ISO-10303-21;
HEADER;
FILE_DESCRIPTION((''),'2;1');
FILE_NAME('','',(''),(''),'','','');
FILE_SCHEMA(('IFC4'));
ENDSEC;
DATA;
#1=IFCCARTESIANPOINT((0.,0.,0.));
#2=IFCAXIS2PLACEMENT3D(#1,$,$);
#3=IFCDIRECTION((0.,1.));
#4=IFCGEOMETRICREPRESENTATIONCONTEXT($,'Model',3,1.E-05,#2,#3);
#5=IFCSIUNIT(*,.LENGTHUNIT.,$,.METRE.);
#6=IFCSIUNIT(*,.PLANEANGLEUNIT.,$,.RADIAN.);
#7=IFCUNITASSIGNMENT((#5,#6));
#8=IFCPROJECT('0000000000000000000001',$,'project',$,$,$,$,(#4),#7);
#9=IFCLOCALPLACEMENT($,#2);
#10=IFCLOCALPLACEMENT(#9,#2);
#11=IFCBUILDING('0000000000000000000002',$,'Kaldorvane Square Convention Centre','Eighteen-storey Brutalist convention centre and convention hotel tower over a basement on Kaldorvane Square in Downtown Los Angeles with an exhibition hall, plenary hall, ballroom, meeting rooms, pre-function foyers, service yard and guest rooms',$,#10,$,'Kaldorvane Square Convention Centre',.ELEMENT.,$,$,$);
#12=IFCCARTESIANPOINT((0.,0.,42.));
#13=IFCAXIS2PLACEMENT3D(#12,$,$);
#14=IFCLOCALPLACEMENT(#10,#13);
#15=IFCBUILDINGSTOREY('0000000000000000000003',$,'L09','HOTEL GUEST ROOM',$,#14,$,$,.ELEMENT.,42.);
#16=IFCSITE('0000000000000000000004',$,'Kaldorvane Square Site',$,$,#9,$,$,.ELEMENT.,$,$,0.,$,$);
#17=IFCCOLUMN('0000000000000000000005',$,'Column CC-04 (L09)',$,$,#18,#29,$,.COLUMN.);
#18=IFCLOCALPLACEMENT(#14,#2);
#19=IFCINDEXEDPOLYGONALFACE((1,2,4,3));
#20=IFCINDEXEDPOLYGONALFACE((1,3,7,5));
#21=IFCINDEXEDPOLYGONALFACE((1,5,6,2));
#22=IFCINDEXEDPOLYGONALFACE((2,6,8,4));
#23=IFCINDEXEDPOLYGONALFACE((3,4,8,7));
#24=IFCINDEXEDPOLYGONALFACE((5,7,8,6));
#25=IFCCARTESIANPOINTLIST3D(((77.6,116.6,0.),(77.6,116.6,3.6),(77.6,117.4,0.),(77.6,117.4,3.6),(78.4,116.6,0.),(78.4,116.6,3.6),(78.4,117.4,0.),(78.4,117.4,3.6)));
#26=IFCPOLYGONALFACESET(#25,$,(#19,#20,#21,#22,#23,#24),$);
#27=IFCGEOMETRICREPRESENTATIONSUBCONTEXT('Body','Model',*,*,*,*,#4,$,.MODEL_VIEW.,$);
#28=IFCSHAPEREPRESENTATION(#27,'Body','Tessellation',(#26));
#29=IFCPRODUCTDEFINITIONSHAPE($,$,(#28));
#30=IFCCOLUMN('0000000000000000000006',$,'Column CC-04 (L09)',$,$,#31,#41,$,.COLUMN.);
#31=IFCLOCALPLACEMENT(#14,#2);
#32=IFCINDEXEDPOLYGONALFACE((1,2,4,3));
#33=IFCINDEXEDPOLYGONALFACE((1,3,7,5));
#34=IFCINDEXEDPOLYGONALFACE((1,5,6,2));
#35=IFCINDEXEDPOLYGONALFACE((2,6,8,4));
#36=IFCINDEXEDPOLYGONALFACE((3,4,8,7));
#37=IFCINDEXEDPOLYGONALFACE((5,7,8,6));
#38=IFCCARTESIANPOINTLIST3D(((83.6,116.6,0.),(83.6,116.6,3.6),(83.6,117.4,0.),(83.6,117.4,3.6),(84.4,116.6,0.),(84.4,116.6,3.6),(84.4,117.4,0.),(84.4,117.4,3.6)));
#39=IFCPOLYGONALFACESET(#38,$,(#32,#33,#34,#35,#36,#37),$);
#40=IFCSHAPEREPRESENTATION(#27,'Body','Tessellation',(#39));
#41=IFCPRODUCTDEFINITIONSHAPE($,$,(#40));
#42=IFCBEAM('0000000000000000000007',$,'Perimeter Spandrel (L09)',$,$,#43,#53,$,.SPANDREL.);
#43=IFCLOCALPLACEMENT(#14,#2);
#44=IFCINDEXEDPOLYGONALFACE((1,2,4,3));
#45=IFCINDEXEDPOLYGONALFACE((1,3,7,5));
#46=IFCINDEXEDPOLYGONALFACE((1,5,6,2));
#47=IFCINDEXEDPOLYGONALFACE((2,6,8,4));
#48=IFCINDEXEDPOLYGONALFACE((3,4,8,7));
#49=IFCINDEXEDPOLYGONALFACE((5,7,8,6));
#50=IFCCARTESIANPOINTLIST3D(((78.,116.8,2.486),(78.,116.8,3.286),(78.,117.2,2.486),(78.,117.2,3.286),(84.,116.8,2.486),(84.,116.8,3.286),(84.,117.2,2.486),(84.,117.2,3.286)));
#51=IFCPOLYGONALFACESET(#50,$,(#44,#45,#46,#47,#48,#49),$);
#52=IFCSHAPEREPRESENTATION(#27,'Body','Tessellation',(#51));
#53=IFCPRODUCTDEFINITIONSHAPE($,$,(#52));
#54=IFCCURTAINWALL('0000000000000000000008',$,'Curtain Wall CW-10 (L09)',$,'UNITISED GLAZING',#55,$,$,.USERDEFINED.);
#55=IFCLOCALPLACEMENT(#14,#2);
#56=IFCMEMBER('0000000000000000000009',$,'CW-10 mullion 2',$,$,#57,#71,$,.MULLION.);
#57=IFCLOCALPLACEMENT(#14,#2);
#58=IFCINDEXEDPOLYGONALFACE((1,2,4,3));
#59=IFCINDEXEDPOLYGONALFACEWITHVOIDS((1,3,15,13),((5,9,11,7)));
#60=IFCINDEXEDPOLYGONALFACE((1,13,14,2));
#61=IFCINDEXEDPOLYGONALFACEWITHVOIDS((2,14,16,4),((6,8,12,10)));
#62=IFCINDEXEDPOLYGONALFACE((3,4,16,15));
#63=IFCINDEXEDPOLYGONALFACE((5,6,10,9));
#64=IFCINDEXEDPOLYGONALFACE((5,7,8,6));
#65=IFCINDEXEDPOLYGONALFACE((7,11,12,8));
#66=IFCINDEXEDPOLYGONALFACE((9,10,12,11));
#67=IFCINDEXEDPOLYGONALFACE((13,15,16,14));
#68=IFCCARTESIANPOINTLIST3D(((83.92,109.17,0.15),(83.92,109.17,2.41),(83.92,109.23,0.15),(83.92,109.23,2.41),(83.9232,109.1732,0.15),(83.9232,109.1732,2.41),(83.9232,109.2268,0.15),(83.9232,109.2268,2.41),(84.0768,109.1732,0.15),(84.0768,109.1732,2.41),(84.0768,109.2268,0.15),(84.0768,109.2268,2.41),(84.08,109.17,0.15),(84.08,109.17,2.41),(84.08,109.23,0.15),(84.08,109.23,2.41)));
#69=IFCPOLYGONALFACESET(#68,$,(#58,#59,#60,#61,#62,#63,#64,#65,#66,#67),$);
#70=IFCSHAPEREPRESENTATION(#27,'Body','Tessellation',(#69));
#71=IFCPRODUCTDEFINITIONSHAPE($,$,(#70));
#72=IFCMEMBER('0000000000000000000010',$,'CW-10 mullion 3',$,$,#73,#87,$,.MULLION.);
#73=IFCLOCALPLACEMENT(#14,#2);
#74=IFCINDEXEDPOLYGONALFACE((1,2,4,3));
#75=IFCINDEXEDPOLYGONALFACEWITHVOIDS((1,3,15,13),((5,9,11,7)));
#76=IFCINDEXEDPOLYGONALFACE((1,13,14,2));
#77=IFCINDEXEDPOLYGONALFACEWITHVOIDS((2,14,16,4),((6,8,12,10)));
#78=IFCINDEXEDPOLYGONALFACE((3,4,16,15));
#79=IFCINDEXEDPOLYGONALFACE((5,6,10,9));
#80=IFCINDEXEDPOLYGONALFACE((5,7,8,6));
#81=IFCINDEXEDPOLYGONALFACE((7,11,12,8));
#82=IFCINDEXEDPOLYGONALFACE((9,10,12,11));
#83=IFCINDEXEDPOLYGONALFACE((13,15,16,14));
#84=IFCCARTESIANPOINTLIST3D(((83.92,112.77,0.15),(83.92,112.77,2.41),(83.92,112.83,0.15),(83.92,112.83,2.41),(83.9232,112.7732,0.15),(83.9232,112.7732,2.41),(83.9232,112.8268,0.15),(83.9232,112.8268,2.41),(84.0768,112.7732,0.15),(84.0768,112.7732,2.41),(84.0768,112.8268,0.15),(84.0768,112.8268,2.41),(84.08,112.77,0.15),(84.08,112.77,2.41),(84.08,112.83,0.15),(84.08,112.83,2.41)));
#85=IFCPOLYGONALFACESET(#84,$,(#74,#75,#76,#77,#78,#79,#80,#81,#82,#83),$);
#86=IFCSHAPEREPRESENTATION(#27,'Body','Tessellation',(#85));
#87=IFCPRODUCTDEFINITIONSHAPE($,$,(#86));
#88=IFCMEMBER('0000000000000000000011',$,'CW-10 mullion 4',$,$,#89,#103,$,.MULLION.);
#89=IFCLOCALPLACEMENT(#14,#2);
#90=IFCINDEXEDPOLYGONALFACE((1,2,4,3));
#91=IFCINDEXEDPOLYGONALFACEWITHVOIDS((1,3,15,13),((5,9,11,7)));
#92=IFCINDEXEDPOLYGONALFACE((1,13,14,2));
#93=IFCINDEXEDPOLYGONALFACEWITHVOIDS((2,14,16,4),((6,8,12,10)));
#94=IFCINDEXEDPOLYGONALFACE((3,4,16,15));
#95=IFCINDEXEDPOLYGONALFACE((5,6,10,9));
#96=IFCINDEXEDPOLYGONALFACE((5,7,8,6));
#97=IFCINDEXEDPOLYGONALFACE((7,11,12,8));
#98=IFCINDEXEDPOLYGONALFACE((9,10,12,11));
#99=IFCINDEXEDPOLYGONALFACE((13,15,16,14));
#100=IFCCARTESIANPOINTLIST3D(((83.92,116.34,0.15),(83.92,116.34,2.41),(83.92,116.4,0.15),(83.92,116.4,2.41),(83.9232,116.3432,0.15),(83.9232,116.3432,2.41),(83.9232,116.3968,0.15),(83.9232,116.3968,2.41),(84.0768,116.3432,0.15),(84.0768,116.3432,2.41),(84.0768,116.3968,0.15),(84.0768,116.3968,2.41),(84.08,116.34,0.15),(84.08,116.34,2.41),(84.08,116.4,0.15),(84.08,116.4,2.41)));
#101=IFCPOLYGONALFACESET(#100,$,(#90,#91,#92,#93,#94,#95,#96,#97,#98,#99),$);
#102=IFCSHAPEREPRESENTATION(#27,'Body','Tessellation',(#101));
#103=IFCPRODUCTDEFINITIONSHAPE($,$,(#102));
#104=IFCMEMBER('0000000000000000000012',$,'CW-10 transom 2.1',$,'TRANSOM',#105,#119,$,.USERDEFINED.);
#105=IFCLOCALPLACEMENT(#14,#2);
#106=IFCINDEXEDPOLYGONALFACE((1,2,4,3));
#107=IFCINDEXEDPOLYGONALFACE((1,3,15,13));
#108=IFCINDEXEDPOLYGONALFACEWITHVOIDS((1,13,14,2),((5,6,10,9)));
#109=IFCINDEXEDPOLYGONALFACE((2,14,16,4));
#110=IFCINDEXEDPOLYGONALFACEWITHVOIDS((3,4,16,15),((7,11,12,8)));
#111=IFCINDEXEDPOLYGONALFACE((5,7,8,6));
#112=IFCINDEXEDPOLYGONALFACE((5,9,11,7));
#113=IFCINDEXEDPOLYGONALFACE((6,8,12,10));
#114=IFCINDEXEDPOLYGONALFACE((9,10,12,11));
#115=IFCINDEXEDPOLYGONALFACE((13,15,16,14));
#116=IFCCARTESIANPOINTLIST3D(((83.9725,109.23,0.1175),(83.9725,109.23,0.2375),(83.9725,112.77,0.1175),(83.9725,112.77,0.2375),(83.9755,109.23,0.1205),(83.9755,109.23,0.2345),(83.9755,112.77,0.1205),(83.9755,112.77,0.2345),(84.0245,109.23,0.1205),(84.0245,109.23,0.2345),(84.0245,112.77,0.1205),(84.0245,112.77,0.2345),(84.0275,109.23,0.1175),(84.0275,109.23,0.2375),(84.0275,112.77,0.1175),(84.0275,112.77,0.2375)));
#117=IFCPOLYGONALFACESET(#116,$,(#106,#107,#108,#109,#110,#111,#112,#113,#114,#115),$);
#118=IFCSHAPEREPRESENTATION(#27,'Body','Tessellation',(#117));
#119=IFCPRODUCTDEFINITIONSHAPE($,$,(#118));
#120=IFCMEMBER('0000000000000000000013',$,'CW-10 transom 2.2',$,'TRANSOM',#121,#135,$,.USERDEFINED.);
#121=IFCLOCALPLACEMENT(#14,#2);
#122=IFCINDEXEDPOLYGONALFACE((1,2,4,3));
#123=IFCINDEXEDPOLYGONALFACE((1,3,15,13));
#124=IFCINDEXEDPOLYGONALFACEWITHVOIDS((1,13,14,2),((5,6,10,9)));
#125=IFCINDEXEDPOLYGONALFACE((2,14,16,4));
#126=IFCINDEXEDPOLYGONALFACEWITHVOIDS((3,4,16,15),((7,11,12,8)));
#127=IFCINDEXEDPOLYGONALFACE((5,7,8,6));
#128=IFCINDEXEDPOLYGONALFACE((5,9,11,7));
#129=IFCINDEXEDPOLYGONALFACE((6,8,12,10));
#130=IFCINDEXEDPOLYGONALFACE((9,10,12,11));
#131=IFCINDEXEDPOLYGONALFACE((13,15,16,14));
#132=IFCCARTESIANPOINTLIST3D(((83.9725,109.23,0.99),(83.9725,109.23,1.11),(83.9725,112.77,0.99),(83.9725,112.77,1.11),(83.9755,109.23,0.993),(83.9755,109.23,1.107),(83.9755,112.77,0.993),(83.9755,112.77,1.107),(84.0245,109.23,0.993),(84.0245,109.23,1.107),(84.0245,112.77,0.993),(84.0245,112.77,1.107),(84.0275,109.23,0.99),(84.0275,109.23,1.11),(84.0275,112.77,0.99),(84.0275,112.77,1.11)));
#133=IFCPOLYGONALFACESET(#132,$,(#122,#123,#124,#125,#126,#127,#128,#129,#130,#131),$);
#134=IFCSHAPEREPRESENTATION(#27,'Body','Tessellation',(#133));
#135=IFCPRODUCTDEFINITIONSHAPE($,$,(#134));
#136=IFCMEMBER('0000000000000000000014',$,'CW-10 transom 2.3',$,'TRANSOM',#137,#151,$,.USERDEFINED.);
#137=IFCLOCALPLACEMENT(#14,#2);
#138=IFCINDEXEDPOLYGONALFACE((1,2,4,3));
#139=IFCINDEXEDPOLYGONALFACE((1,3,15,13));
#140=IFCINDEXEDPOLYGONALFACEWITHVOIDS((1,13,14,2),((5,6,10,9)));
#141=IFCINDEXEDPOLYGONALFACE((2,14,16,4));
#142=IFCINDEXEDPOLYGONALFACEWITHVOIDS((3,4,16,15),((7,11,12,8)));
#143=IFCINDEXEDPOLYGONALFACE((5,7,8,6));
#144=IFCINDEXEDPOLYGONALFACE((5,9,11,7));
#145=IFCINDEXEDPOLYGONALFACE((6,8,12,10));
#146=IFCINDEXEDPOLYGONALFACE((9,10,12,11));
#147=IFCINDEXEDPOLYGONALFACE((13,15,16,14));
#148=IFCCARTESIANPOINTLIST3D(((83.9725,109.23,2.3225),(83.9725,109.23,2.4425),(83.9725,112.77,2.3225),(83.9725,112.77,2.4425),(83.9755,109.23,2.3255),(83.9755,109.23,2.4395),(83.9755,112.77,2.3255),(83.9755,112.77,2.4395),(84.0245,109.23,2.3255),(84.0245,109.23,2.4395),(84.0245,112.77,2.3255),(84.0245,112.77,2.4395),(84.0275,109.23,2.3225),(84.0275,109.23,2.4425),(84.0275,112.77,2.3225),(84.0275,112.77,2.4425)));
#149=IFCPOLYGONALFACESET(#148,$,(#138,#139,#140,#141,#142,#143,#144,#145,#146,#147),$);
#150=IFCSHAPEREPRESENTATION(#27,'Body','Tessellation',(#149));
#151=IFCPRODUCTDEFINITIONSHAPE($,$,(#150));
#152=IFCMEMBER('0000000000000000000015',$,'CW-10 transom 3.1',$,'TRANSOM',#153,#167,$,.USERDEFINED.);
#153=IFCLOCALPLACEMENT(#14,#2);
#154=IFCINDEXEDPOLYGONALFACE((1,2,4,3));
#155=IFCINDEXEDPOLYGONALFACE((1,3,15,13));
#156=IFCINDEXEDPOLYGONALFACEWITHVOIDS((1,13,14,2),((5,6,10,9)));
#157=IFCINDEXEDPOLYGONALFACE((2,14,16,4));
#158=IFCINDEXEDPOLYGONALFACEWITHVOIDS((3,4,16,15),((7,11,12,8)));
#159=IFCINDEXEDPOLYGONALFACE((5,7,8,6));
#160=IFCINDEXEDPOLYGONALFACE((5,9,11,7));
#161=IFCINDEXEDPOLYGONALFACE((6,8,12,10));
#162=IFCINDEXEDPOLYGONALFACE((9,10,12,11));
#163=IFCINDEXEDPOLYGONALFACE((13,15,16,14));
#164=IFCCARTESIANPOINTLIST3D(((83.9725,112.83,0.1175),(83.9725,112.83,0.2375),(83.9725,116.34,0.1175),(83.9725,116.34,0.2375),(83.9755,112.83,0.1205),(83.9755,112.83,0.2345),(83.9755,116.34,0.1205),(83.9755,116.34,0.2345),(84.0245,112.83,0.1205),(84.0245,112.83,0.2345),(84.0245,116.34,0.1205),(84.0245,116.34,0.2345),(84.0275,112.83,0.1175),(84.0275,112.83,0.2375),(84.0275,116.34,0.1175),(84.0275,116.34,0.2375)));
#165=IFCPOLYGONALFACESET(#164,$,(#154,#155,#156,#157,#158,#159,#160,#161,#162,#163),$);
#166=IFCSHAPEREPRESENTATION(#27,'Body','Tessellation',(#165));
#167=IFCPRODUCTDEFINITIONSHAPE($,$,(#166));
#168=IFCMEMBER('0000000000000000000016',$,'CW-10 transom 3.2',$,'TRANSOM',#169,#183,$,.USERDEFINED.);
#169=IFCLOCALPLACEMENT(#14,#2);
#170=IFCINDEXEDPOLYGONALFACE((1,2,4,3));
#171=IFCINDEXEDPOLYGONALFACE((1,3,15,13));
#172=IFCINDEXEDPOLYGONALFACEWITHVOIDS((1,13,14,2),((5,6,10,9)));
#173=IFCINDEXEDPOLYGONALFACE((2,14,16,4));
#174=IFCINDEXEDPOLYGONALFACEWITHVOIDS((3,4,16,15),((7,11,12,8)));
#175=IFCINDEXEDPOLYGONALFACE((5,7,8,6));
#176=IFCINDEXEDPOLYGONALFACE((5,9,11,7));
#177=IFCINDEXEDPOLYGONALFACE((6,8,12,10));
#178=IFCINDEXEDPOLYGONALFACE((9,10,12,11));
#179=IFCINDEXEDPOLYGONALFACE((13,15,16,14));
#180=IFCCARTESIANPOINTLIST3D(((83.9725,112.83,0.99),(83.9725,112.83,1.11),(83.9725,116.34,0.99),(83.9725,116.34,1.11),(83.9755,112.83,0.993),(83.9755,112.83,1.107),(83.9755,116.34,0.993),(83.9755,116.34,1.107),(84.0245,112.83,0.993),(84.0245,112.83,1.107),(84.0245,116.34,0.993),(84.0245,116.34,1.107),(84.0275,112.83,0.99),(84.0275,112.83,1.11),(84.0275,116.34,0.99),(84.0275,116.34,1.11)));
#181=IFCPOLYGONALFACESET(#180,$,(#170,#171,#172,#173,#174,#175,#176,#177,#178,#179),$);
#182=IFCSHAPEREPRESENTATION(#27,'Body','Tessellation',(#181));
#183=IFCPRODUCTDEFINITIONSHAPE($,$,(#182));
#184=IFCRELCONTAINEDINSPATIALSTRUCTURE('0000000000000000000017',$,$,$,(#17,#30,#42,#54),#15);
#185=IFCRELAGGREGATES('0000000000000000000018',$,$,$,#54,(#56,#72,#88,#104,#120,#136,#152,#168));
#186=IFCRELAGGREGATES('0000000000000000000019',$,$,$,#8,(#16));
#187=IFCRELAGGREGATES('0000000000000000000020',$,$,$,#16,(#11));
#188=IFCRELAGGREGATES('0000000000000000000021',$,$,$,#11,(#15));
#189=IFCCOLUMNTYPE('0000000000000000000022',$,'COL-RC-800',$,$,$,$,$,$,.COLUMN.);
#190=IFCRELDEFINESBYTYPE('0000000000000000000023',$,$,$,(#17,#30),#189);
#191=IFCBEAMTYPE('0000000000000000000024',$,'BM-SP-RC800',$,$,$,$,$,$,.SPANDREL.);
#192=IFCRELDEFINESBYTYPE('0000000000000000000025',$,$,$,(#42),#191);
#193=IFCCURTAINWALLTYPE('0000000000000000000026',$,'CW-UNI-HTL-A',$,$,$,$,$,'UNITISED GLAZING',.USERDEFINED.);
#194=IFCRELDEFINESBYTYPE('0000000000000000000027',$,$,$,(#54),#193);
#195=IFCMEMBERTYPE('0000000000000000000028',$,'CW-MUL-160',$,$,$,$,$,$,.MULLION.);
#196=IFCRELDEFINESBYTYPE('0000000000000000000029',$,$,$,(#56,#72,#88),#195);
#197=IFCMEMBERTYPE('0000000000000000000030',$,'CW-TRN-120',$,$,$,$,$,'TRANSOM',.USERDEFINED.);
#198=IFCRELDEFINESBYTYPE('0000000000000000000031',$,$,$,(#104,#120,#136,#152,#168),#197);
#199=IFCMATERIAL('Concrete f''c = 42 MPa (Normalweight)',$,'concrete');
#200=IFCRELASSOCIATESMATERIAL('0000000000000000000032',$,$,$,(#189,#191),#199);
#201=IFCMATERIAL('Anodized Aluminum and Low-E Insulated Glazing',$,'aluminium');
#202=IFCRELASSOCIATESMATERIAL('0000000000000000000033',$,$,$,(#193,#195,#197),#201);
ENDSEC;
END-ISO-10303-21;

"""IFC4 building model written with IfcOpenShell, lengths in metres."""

from ifc_helpers import new_model, si_unit, direction, frame, origin, origin_2d, place, context, subcontext, project, spatial, rectangle, hollow_rectangle, extrude, material, material_profile, profile_set, type_object, element, aggregate, save


model = new_model("IFC4")

# Units and contexts
model_context = context("Model", 3, precision=1e-05, world=origin(), true_north=direction((0.0, 1.0)))
body_context = subcontext(model_context, "Body", "Model", "MODEL_VIEW")
ifc_project = project(units=[si_unit("LENGTHUNIT", "METRE"), si_unit("PLANEANGLEUNIT", "RADIAN")], contexts=[model_context])

# Site, building, storey
site_placement = place(None, origin())
site = spatial("IfcSite", under=ifc_project, at=site_placement, Name="Kaldorvane Square Site", CompositionType="ELEMENT", RefElevation=0.0)
building_placement = place(site_placement, origin())
building = spatial("IfcBuilding", under=site, at=building_placement, Name="Kaldorvane Square Convention Centre", Description="Eighteen-storey Brutalist convention centre and convention hotel tower over a basement on Kaldorvane Square in Downtown Los Angeles with an exhibition hall, plenary hall, ballroom, meeting rooms, pre-function foyers, service yard and guest rooms", LongName="Kaldorvane Square Convention Centre", CompositionType="ELEMENT")
storey_placement = place(building_placement, frame((0.0, 0.0, 42.0)))
storey = spatial("IfcBuildingStorey", under=building, at=storey_placement, Name="L09", Description="HOTEL GUEST ROOM", CompositionType="ELEMENT", Elevation=42.0)

# Columns
ifc_material_1 = material(Name="Concrete f'c = 42 MPa (Normalweight)", Category="concrete")
ifc_material_profile_1 = material_profile(ifc_material_1, rectangle(XDim=0.8, YDim=0.8, at=origin_2d()), Name="RC800X800")
ifc_profile_set_1 = profile_set([ifc_material_profile_1], Name="Concrete f'c = 42 MPa (Normalweight)")
column_type = type_object("IfcColumnType", Name="COL-RC-800", PredefinedType="COLUMN", material=ifc_profile_set_1)
for number, where, z_axis, x_axis, name in (
    (1, (78.0, 117.0, 0.0), (0.0, 0.0, 1.0), (1.0, 0.0, 0.0), "Column CC-04 (L09)"),
    (2, (84.0, 117.0, 0.0), (0.0, 0.0, 1.0), (1.0, 0.0, 0.0), "Column CC-04 (L09)"),
):
    element("IfcColumn", number, at=place(storey_placement, frame(where, z_axis=z_axis, x_axis=x_axis)), inside=storey, type_object=column_type, Name=name, PredefinedType="COLUMN", context=body_context, shape_type="SweptSolid", body=[
        extrude(rectangle(XDim=0.8, YDim=0.8, at=origin_2d()), origin(), (0.0, 0.0, 1.0), 3.6),
    ])

# Beam
ifc_material_profile_2 = material_profile(ifc_material_1, rectangle(XDim=0.4, YDim=0.8, at=origin_2d()), Name="RCSP800X400")
ifc_profile_set_2 = profile_set([ifc_material_profile_2], Name="Concrete f'c = 42 MPa (Normalweight)")
beam_type = type_object("IfcBeamType", Name="BM-SP-RC800", PredefinedType="SPANDREL", material=ifc_profile_set_2)
beam_placement = place(storey_placement, frame((78.0, 117.0, 2.886), z_axis=(1.0, 0.0, 0.0), x_axis=(0.0, 1.0, 0.0)))
element("IfcBeam", 3, at=beam_placement, inside=storey, type_object=beam_type, Name="Perimeter Spandrel (L09)", PredefinedType="SPANDREL", context=body_context, shape_type="SweptSolid", body=[
    extrude(rectangle(XDim=0.4, YDim=0.8, at=origin_2d()), origin(), (0.0, 0.0, 1.0), 6.0),
])

# Curtain wall, members
ifc_material_2 = material(Name="Anodized Aluminum and Low-E Insulated Glazing", Category="aluminium")
curtain_wall_type = type_object("IfcCurtainWallType", Name="CW-UNI-HTL-A", ElementType="UNITISED GLAZING", PredefinedType="USERDEFINED", material=ifc_material_2)
curtain_wall_placement = place(storey_placement, origin())
curtain_wall = element("IfcCurtainWall", 4, at=curtain_wall_placement, inside=storey, type_object=curtain_wall_type, Name="Curtain Wall CW-10 (L09)", ObjectType="UNITISED GLAZING", PredefinedType="USERDEFINED")
ifc_material_profile_3 = material_profile(ifc_material_2, hollow_rectangle(XDim=0.06, YDim=0.16, WallThickness=0.0032, at=origin_2d()), Name="CWM-160X60")
ifc_profile_set_3 = profile_set([ifc_material_profile_3], Name="Anodized Aluminum and Low-E Insulated Glazing")
member_type_1 = type_object("IfcMemberType", Name="CW-MUL-160", PredefinedType="MULLION", material=ifc_profile_set_3)
member_1_placement = place(storey_placement, frame((84.0, 109.2, 0.15), z_axis=(0.0, 0.0, 1.0), x_axis=(0.0, 1.0, 0.0)))
member_1 = element("IfcMember", 5, at=member_1_placement, type_object=member_type_1, Name="CW-10 mullion 2", PredefinedType="MULLION", context=body_context, shape_type="SweptSolid", body=[
    extrude(hollow_rectangle(XDim=0.06, YDim=0.16, WallThickness=0.0032, at=origin_2d()), origin(), (0.0, 0.0, 1.0), 2.26),
])
member_2_placement = place(storey_placement, frame((84.0, 112.8, 0.15), z_axis=(0.0, 0.0, 1.0), x_axis=(0.0, 1.0, 0.0)))
member_2 = element("IfcMember", 6, at=member_2_placement, type_object=member_type_1, Name="CW-10 mullion 3", PredefinedType="MULLION", context=body_context, shape_type="SweptSolid", body=[
    extrude(hollow_rectangle(XDim=0.06, YDim=0.16, WallThickness=0.0032, at=origin_2d()), origin(), (0.0, 0.0, 1.0), 2.26),
])
member_3_placement = place(storey_placement, frame((84.0, 116.37, 0.15), z_axis=(0.0, 0.0, 1.0), x_axis=(0.0, 1.0, 0.0)))
member_3 = element("IfcMember", 7, at=member_3_placement, type_object=member_type_1, Name="CW-10 mullion 4", PredefinedType="MULLION", context=body_context, shape_type="SweptSolid", body=[
    extrude(hollow_rectangle(XDim=0.06, YDim=0.16, WallThickness=0.0032, at=origin_2d()), origin(), (0.0, 0.0, 1.0), 2.26),
])
ifc_material_profile_4 = material_profile(ifc_material_2, hollow_rectangle(XDim=0.055, YDim=0.12, WallThickness=0.003, at=origin_2d()), Name="CWT-120X55")
ifc_profile_set_4 = profile_set([ifc_material_profile_4], Name="Anodized Aluminum and Low-E Insulated Glazing")
member_type_2 = type_object("IfcMemberType", Name="CW-TRN-120", ElementType="TRANSOM", PredefinedType="USERDEFINED", material=ifc_profile_set_4)
member_4_placement = place(storey_placement, frame((84.0, 109.23, 0.1775), z_axis=(0.0, 1.0, 0.0), x_axis=(-1.0, 0.0, 0.0)))
member_4 = element("IfcMember", 8, at=member_4_placement, type_object=member_type_2, Name="CW-10 transom 2.1", ObjectType="TRANSOM", PredefinedType="USERDEFINED", context=body_context, shape_type="SweptSolid", body=[
    extrude(hollow_rectangle(XDim=0.055, YDim=0.12, WallThickness=0.003, at=origin_2d()), origin(), (0.0, 0.0, 1.0), 3.54),
])
member_5_placement = place(storey_placement, frame((84.0, 109.23, 1.05), z_axis=(0.0, 1.0, 0.0), x_axis=(-1.0, 0.0, 0.0)))
member_5 = element("IfcMember", 9, at=member_5_placement, type_object=member_type_2, Name="CW-10 transom 2.2", ObjectType="TRANSOM", PredefinedType="USERDEFINED", context=body_context, shape_type="SweptSolid", body=[
    extrude(hollow_rectangle(XDim=0.055, YDim=0.12, WallThickness=0.003, at=origin_2d()), origin(), (0.0, 0.0, 1.0), 3.54),
])
member_6_placement = place(storey_placement, frame((84.0, 109.23, 2.3825), z_axis=(0.0, 1.0, 0.0), x_axis=(-1.0, 0.0, 0.0)))
member_6 = element("IfcMember", 10, at=member_6_placement, type_object=member_type_2, Name="CW-10 transom 2.3", ObjectType="TRANSOM", PredefinedType="USERDEFINED", context=body_context, shape_type="SweptSolid", body=[
    extrude(hollow_rectangle(XDim=0.055, YDim=0.12, WallThickness=0.003, at=origin_2d()), origin(), (0.0, 0.0, 1.0), 3.54),
])
member_7_placement = place(storey_placement, frame((84.0, 112.83, 0.1775), z_axis=(0.0, 1.0, 0.0), x_axis=(-1.0, 0.0, 0.0)))
member_7 = element("IfcMember", 11, at=member_7_placement, type_object=member_type_2, Name="CW-10 transom 3.1", ObjectType="TRANSOM", PredefinedType="USERDEFINED", context=body_context, shape_type="SweptSolid", body=[
    extrude(hollow_rectangle(XDim=0.055, YDim=0.12, WallThickness=0.003, at=origin_2d()), origin(), (0.0, 0.0, 1.0), 3.51),
])
member_8_placement = place(storey_placement, frame((84.0, 112.83, 1.05), z_axis=(0.0, 1.0, 0.0), x_axis=(-1.0, 0.0, 0.0)))
member_8 = element("IfcMember", 12, at=member_8_placement, type_object=member_type_2, Name="CW-10 transom 3.2", ObjectType="TRANSOM", PredefinedType="USERDEFINED", context=body_context, shape_type="SweptSolid", body=[
    extrude(hollow_rectangle(XDim=0.055, YDim=0.12, WallThickness=0.003, at=origin_2d()), origin(), (0.0, 0.0, 1.0), 3.51),
])
aggregate(curtain_wall, [member_1, member_2, member_3, member_4, member_5, member_6, member_7, member_8])

save(model, "model.ifc")
